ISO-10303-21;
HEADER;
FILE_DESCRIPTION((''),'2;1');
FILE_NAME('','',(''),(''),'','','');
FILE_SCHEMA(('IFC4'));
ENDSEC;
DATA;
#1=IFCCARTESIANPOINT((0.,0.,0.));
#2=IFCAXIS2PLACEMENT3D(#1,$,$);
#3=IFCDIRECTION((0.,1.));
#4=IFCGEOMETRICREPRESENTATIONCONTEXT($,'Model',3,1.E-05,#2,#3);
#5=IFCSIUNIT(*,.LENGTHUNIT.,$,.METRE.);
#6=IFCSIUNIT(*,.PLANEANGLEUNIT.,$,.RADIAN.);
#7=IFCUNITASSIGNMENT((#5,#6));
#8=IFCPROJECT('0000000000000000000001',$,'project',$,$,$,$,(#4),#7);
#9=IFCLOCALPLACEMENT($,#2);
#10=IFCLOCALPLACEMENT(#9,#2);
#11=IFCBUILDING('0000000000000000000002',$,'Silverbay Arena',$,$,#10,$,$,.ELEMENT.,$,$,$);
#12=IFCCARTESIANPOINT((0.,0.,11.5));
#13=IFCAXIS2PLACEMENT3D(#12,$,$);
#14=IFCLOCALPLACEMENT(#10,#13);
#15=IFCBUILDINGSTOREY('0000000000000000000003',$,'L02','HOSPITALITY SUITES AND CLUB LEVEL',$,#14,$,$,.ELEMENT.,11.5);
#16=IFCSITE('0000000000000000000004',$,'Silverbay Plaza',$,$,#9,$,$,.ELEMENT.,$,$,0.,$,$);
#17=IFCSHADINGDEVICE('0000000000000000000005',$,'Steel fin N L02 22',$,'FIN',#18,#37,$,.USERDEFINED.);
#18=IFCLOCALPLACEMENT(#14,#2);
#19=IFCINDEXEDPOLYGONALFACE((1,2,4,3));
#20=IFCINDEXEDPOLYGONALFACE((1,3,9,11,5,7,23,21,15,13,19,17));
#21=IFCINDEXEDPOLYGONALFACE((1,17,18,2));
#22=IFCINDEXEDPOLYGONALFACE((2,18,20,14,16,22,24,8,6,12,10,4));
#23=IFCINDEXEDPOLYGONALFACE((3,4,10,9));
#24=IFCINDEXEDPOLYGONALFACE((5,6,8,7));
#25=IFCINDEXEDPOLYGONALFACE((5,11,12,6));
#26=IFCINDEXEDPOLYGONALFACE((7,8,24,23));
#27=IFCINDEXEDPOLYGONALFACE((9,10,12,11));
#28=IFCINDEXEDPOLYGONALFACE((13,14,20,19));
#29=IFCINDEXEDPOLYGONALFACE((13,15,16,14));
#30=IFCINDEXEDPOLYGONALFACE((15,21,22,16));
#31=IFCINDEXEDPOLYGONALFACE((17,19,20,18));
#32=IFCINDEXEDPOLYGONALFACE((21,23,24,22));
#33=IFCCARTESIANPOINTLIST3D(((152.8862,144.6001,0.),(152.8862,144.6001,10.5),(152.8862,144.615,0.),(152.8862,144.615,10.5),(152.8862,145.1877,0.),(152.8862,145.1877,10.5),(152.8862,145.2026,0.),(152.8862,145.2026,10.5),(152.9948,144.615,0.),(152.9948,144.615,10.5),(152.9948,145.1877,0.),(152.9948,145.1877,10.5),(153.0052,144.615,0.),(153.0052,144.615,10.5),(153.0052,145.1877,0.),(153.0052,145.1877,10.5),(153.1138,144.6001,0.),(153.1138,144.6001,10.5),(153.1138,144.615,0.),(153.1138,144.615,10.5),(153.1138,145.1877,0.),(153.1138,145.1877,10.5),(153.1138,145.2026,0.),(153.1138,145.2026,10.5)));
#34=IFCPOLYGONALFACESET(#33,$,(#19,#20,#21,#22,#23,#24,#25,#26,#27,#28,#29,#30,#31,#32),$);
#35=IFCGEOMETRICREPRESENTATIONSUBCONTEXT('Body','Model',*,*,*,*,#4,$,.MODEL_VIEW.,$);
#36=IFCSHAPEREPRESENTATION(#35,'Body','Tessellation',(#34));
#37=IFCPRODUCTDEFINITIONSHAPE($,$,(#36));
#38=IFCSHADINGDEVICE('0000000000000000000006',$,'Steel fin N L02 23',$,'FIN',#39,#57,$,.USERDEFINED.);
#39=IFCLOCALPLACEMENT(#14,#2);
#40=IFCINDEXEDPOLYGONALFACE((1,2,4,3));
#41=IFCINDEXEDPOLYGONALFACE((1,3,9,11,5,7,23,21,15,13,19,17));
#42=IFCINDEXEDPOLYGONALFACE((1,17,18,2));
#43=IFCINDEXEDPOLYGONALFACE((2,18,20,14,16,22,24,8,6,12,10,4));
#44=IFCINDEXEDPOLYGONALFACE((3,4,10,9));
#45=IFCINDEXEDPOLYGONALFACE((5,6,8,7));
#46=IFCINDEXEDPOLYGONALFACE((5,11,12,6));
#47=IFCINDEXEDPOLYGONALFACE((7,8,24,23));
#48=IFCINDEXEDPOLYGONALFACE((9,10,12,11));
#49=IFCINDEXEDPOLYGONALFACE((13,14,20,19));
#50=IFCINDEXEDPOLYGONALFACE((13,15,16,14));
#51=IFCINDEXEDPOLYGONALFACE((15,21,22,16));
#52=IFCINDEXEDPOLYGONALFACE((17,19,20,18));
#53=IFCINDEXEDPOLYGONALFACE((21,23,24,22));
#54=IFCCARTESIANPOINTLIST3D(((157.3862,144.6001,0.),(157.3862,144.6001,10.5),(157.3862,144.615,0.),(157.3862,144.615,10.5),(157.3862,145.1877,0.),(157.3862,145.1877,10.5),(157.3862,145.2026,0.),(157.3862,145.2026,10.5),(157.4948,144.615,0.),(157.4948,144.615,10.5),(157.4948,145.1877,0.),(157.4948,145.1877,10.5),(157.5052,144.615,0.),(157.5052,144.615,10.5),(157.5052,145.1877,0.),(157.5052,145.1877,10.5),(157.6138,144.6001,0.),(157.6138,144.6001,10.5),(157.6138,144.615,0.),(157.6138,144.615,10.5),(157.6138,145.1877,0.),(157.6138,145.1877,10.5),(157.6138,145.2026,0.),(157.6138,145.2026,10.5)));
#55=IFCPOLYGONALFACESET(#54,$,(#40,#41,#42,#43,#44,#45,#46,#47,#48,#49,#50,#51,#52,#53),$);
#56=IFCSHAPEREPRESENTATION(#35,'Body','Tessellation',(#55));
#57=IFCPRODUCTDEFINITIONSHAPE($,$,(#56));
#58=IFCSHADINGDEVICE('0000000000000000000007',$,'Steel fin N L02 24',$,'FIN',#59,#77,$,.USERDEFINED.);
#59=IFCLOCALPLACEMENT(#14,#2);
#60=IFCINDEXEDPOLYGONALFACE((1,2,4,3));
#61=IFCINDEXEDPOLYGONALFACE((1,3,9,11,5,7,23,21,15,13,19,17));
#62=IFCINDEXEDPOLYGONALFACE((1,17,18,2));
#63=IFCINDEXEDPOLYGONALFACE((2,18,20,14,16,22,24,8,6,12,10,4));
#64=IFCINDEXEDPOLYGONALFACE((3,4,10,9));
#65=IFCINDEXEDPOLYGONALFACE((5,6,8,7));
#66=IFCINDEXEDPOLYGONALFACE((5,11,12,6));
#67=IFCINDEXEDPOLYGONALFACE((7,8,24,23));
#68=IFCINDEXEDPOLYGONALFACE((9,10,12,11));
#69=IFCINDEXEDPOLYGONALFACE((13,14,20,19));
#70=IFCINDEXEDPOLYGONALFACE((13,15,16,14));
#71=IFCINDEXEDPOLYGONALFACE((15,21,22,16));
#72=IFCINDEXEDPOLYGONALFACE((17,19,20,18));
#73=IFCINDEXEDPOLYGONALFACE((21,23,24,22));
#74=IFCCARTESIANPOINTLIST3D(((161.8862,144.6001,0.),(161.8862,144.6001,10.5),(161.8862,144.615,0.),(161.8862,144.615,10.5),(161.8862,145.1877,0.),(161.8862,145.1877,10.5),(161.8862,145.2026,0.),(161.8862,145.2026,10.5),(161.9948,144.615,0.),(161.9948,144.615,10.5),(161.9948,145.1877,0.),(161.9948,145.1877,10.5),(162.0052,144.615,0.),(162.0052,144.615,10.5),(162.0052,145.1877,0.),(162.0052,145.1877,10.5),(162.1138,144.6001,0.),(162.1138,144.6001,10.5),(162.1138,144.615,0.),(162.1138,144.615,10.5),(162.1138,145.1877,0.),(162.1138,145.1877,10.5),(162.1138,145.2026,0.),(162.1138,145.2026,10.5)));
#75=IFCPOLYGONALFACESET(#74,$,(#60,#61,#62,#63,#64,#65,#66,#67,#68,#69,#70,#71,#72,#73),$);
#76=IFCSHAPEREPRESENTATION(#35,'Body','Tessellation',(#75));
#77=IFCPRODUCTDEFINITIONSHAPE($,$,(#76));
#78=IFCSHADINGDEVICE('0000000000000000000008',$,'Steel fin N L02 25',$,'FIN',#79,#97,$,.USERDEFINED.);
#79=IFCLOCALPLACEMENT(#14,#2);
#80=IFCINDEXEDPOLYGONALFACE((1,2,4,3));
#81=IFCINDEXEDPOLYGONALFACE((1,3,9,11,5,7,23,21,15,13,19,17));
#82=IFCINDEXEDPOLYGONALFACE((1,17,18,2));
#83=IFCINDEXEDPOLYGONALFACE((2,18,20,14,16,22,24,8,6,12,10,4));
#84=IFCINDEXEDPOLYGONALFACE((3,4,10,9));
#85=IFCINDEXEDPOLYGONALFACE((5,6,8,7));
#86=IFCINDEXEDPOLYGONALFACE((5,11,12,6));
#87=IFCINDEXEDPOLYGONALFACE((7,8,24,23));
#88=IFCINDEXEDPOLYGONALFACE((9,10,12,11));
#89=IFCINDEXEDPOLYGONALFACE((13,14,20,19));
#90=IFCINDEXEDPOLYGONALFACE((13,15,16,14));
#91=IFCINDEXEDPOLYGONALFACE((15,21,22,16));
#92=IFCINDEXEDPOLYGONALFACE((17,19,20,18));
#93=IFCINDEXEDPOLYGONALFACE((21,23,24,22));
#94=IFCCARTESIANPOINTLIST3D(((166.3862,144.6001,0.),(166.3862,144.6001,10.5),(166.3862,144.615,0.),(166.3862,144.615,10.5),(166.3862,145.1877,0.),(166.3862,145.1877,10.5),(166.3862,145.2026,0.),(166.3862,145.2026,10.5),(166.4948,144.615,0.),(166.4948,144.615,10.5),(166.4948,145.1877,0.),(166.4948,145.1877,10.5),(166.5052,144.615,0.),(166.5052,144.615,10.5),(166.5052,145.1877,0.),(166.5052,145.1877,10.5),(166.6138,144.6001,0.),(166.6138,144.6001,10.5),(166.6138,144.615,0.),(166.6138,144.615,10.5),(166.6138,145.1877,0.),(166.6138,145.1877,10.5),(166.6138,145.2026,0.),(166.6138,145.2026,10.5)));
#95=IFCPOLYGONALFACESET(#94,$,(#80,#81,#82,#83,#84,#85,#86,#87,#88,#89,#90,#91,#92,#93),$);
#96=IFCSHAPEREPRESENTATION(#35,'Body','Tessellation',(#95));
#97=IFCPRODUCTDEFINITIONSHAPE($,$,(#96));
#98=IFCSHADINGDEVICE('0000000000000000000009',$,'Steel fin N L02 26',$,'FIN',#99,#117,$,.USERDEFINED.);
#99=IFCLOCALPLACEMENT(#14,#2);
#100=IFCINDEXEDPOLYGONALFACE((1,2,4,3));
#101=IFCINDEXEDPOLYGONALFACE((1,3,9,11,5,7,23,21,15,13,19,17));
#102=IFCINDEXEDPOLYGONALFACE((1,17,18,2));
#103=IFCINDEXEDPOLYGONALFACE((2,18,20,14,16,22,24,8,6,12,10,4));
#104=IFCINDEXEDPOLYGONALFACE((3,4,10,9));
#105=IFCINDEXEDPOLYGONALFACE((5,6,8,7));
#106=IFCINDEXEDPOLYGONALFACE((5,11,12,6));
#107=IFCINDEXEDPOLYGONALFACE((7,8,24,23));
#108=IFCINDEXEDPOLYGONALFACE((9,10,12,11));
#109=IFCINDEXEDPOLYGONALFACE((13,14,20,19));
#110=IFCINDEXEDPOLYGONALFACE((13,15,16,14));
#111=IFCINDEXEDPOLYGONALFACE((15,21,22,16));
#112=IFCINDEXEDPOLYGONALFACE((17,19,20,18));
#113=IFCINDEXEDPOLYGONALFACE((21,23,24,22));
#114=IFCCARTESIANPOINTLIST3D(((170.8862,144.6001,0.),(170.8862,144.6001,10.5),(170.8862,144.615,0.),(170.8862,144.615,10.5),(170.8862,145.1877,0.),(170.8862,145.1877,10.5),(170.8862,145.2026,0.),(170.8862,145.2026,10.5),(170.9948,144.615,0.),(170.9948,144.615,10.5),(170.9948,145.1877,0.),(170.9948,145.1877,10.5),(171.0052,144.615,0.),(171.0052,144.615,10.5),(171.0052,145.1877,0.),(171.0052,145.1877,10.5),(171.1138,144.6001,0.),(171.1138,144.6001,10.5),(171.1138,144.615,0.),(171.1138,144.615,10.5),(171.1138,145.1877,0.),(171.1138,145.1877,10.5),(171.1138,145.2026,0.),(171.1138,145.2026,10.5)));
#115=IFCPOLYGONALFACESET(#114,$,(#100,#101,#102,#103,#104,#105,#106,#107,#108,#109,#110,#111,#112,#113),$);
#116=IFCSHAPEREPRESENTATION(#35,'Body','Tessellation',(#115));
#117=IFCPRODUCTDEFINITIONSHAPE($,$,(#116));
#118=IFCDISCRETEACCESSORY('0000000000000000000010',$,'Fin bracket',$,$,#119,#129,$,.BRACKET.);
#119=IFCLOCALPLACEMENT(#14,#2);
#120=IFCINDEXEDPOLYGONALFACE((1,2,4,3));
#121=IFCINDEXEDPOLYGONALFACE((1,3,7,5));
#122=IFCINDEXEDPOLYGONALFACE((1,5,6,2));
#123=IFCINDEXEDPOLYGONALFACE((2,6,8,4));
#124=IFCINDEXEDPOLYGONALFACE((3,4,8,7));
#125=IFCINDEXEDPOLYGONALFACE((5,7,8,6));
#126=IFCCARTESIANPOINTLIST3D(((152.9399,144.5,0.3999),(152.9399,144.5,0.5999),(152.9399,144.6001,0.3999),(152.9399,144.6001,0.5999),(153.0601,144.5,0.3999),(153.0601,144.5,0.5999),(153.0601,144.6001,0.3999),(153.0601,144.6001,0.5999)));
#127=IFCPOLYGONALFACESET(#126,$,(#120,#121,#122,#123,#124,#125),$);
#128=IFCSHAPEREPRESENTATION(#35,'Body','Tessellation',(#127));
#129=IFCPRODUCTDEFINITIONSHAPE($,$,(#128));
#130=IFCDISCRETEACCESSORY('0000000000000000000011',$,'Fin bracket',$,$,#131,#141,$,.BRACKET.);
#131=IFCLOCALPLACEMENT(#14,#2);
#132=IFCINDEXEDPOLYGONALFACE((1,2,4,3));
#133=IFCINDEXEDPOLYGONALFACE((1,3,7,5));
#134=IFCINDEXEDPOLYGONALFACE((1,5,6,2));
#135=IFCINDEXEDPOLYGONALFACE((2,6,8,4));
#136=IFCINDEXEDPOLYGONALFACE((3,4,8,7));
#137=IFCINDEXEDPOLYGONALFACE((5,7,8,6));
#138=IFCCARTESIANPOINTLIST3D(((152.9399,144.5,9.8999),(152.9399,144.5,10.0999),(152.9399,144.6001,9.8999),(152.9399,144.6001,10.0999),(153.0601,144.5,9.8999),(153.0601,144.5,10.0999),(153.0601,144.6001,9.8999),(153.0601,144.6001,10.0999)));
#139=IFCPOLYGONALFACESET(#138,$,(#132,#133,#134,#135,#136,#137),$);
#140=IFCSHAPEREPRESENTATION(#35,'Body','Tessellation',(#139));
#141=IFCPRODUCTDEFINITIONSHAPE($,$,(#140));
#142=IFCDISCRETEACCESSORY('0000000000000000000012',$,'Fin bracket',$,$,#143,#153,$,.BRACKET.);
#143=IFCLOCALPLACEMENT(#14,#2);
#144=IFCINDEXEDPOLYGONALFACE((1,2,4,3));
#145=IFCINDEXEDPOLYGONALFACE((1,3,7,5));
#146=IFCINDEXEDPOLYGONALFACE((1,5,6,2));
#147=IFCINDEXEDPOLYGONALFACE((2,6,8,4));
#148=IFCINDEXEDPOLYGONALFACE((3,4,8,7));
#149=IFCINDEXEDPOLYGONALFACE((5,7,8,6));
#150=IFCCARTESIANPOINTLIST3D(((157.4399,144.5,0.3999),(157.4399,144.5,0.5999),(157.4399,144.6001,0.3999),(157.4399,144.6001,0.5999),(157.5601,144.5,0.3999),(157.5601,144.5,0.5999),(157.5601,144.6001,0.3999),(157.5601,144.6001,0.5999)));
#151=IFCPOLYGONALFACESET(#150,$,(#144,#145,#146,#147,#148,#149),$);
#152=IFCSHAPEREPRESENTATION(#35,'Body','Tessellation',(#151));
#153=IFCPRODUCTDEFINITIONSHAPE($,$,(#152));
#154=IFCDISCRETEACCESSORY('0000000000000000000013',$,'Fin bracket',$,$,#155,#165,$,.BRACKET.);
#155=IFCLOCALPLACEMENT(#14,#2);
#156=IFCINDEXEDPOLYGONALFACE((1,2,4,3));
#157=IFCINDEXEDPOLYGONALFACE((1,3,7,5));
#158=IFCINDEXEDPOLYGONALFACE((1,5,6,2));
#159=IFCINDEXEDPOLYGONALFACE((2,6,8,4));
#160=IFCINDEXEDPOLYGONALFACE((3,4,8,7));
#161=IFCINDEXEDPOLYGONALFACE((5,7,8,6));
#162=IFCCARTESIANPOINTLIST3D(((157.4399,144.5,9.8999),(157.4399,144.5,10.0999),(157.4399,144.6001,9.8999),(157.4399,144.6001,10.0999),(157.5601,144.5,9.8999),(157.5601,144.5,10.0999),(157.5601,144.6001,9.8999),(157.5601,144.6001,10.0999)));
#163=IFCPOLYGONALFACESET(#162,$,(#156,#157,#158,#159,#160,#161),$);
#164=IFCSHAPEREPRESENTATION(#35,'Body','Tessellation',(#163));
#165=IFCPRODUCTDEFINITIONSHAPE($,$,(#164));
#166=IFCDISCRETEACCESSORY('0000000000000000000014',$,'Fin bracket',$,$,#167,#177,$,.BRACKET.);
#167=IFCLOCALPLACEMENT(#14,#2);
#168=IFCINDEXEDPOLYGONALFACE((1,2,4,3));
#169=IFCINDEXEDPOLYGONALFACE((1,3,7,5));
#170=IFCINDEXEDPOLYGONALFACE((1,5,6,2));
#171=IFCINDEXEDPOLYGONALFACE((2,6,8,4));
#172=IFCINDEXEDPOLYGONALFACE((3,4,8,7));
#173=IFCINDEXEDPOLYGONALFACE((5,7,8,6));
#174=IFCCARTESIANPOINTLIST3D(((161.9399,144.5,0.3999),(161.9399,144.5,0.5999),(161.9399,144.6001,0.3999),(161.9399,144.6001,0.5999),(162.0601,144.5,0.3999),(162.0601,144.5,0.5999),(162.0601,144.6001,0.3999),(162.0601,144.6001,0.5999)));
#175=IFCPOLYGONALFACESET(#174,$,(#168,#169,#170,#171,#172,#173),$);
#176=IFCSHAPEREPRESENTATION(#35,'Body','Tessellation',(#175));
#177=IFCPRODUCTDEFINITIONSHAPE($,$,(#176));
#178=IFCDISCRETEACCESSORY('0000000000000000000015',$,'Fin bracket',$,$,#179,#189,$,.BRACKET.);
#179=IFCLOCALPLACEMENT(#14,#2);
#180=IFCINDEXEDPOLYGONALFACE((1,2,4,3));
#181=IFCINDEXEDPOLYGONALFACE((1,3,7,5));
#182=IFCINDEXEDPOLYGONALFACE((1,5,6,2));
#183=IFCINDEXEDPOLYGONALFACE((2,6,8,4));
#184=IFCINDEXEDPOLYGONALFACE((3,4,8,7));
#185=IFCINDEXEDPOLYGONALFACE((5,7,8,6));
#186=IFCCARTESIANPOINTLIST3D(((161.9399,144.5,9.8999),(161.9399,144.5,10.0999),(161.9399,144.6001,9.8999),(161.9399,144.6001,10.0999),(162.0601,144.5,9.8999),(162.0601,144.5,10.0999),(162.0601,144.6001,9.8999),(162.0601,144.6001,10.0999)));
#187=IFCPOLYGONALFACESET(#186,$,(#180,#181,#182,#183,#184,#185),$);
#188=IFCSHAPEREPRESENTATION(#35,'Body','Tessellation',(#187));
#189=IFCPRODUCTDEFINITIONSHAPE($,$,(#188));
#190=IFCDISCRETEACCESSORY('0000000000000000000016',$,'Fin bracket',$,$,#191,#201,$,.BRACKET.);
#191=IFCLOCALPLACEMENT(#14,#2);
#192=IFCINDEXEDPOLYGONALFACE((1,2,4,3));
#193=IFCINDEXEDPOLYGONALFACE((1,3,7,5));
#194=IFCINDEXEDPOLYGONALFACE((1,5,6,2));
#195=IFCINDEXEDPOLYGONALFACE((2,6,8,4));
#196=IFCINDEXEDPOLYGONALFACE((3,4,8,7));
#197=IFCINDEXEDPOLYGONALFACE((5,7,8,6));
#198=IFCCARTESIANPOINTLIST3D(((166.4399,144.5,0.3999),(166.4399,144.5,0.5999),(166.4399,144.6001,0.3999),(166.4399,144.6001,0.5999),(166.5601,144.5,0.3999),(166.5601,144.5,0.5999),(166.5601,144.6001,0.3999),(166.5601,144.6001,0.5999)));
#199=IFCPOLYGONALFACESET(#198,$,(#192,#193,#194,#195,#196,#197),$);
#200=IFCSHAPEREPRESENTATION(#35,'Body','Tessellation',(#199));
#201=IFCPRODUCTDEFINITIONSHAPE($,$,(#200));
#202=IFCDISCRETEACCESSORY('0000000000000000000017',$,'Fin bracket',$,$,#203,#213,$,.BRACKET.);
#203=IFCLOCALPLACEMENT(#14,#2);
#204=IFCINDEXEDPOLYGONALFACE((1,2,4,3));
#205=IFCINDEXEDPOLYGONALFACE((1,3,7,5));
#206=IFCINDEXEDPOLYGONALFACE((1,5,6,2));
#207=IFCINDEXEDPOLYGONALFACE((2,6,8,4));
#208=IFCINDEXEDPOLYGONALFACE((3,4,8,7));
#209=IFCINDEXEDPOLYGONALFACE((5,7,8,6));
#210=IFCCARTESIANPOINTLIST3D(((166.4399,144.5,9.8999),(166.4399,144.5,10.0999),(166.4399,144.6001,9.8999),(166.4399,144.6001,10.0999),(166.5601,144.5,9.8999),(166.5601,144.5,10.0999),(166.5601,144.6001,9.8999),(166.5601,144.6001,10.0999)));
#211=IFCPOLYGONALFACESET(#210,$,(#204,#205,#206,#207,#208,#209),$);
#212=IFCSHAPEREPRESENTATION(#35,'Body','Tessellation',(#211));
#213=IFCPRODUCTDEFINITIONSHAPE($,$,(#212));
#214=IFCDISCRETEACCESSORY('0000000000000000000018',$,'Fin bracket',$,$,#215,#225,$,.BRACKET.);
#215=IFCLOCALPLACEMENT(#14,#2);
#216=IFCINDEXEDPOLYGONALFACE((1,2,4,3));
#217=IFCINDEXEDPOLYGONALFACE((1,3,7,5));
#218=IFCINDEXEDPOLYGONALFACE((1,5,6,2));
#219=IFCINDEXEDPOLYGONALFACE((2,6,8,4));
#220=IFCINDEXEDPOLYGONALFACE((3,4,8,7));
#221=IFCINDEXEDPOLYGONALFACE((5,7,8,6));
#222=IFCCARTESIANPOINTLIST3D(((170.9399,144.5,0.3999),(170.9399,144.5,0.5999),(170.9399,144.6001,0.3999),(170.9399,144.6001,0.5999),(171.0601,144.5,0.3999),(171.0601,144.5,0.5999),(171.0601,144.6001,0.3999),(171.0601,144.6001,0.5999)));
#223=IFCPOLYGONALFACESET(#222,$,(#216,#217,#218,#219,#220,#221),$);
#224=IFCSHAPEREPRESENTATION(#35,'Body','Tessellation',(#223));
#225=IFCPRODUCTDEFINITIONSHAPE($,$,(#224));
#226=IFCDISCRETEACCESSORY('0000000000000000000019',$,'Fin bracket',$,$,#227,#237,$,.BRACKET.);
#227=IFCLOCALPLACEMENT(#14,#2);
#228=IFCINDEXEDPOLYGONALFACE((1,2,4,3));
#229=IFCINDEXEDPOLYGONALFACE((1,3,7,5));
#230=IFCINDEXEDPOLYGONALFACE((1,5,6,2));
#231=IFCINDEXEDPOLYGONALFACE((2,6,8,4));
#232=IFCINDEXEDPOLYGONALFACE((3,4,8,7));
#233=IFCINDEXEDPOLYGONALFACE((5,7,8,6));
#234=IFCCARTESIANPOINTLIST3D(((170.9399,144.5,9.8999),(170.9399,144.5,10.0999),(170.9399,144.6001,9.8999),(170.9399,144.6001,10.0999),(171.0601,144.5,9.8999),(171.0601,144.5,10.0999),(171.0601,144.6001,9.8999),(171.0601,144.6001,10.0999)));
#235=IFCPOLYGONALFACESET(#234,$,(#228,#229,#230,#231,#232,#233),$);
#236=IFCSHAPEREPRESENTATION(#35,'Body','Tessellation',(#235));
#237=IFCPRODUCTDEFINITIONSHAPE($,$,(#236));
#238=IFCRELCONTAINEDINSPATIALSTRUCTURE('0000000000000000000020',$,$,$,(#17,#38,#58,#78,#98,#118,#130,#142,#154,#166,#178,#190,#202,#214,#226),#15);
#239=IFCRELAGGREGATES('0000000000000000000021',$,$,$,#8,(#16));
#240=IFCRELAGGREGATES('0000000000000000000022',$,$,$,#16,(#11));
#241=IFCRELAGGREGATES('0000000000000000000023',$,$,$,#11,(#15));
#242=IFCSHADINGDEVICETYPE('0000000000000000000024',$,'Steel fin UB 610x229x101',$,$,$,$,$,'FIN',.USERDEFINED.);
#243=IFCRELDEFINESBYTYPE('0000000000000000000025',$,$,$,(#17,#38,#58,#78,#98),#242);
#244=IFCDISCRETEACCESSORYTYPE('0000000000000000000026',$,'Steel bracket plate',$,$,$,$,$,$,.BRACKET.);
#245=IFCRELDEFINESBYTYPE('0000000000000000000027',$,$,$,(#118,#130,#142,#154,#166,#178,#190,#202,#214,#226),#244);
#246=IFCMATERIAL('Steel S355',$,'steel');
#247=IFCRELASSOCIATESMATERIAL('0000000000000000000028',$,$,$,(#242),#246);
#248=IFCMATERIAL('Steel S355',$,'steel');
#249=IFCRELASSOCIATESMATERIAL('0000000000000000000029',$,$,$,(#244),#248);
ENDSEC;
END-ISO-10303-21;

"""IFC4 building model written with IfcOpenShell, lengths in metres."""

from ifc_helpers import new_model, si_unit, direction, frame, origin, origin_2d, place, context, subcontext, project, spatial, rectangle, i_section, extrude, material, material_profile, profile_set, type_object, element, save


model = new_model("IFC4")

# Units and contexts
model_context = context("Model", 3, precision=1e-05, world=origin(), true_north=direction((0.0, 1.0)))
body_context = subcontext(model_context, "Body", "Model", "MODEL_VIEW")
ifc_project = project(units=[si_unit("LENGTHUNIT", "METRE"), si_unit("PLANEANGLEUNIT", "RADIAN")], contexts=[model_context])

# Site, building, storey
site_placement = place(None, origin())
site = spatial("IfcSite", under=ifc_project, at=site_placement, Name="Silverbay Plaza", CompositionType="ELEMENT", RefElevation=0.0)
building_placement = place(site_placement, origin())
building = spatial("IfcBuilding", under=site, at=building_placement, Name="Silverbay Arena", CompositionType="ELEMENT")
storey_placement = place(building_placement, frame((0.0, 0.0, 11.5)))
storey = spatial("IfcBuildingStorey", under=building, at=storey_placement, Name="L02", Description="HOSPITALITY SUITES AND CLUB LEVEL", CompositionType="ELEMENT", Elevation=11.5)

# Shading devices
ifc_material_1 = material(Name="Steel S355", Category="steel")
ifc_material_profile_1 = material_profile(ifc_material_1, i_section(OverallWidth=0.2275, OverallDepth=0.6025, WebThickness=0.0105, FlangeThickness=0.0149, at=origin_2d()), Name="UB 610x229x101")
ifc_profile_set_1 = profile_set([ifc_material_profile_1], Name="Steel S355")
shading_device_type = type_object("IfcShadingDeviceType", Name="Steel fin UB 610x229x101", ElementType="FIN", PredefinedType="USERDEFINED", material=ifc_profile_set_1)
for number, where, z_axis, x_axis, name in (
    (1, (153.0, 144.9014, 0.0), (0.0, 0.0, 1.0), (1.0, 0.0, 0.0), "Steel fin N L02 22"),
    (2, (157.5, 144.9014, 0.0), (0.0, 0.0, 1.0), (1.0, 0.0, 0.0), "Steel fin N L02 23"),
    (3, (162.0, 144.9014, 0.0), (0.0, 0.0, 1.0), (1.0, 0.0, 0.0), "Steel fin N L02 24"),
    (4, (166.5, 144.9014, 0.0), (0.0, 0.0, 1.0), (1.0, 0.0, 0.0), "Steel fin N L02 25"),
    (5, (171.0, 144.9014, 0.0), (0.0, 0.0, 1.0), (1.0, 0.0, 0.0), "Steel fin N L02 26"),
):
    element("IfcShadingDevice", number, at=place(storey_placement, frame(where, z_axis=z_axis, x_axis=x_axis)), inside=storey, type_object=shading_device_type, Name=name, ObjectType="FIN", PredefinedType="USERDEFINED", context=body_context, shape_type="SweptSolid", body=[
        extrude(i_section(OverallWidth=0.2275, OverallDepth=0.6025, WebThickness=0.0105, FlangeThickness=0.0149, at=origin_2d()), origin(), (0.0, 0.0, 1.0), 10.5),
    ])

# Discrete accessories
ifc_material_2 = material(Name="Steel S355", Category="steel")
discrete_accessory_type = type_object("IfcDiscreteAccessoryType", Name="Steel bracket plate", PredefinedType="BRACKET", material=ifc_material_2)
for number, where, z_axis, x_axis, name in (
    (6, (153.0, 144.55, 0.3999), (0.0, 0.0, 1.0), (1.0, 0.0, 0.0), "Fin bracket"),
    (7, (153.0, 144.55, 9.8999), (0.0, 0.0, 1.0), (1.0, 0.0, 0.0), "Fin bracket"),
    (8, (157.5, 144.55, 0.3999), (0.0, 0.0, 1.0), (1.0, 0.0, 0.0), "Fin bracket"),
    (9, (157.5, 144.55, 9.8999), (0.0, 0.0, 1.0), (1.0, 0.0, 0.0), "Fin bracket"),
    (10, (162.0, 144.55, 0.3999), (0.0, 0.0, 1.0), (1.0, 0.0, 0.0), "Fin bracket"),
    (11, (162.0, 144.55, 9.8999), (0.0, 0.0, 1.0), (1.0, 0.0, 0.0), "Fin bracket"),
    (12, (166.5, 144.55, 0.3999), (0.0, 0.0, 1.0), (1.0, 0.0, 0.0), "Fin bracket"),
    (13, (166.5, 144.55, 9.8999), (0.0, 0.0, 1.0), (1.0, 0.0, 0.0), "Fin bracket"),
    (14, (171.0, 144.55, 0.3999), (0.0, 0.0, 1.0), (1.0, 0.0, 0.0), "Fin bracket"),
    (15, (171.0, 144.55, 9.8999), (0.0, 0.0, 1.0), (1.0, 0.0, 0.0), "Fin bracket"),
):
    element("IfcDiscreteAccessory", number, at=place(storey_placement, frame(where, z_axis=z_axis, x_axis=x_axis)), inside=storey, type_object=discrete_accessory_type, Name=name, PredefinedType="BRACKET", context=body_context, shape_type="SweptSolid", body=[
        extrude(rectangle(XDim=0.1201, YDim=0.1001, at=origin_2d()), origin(), (0.0, 0.0, 1.0), 0.2),
    ])

save(model, "model.ifc")
